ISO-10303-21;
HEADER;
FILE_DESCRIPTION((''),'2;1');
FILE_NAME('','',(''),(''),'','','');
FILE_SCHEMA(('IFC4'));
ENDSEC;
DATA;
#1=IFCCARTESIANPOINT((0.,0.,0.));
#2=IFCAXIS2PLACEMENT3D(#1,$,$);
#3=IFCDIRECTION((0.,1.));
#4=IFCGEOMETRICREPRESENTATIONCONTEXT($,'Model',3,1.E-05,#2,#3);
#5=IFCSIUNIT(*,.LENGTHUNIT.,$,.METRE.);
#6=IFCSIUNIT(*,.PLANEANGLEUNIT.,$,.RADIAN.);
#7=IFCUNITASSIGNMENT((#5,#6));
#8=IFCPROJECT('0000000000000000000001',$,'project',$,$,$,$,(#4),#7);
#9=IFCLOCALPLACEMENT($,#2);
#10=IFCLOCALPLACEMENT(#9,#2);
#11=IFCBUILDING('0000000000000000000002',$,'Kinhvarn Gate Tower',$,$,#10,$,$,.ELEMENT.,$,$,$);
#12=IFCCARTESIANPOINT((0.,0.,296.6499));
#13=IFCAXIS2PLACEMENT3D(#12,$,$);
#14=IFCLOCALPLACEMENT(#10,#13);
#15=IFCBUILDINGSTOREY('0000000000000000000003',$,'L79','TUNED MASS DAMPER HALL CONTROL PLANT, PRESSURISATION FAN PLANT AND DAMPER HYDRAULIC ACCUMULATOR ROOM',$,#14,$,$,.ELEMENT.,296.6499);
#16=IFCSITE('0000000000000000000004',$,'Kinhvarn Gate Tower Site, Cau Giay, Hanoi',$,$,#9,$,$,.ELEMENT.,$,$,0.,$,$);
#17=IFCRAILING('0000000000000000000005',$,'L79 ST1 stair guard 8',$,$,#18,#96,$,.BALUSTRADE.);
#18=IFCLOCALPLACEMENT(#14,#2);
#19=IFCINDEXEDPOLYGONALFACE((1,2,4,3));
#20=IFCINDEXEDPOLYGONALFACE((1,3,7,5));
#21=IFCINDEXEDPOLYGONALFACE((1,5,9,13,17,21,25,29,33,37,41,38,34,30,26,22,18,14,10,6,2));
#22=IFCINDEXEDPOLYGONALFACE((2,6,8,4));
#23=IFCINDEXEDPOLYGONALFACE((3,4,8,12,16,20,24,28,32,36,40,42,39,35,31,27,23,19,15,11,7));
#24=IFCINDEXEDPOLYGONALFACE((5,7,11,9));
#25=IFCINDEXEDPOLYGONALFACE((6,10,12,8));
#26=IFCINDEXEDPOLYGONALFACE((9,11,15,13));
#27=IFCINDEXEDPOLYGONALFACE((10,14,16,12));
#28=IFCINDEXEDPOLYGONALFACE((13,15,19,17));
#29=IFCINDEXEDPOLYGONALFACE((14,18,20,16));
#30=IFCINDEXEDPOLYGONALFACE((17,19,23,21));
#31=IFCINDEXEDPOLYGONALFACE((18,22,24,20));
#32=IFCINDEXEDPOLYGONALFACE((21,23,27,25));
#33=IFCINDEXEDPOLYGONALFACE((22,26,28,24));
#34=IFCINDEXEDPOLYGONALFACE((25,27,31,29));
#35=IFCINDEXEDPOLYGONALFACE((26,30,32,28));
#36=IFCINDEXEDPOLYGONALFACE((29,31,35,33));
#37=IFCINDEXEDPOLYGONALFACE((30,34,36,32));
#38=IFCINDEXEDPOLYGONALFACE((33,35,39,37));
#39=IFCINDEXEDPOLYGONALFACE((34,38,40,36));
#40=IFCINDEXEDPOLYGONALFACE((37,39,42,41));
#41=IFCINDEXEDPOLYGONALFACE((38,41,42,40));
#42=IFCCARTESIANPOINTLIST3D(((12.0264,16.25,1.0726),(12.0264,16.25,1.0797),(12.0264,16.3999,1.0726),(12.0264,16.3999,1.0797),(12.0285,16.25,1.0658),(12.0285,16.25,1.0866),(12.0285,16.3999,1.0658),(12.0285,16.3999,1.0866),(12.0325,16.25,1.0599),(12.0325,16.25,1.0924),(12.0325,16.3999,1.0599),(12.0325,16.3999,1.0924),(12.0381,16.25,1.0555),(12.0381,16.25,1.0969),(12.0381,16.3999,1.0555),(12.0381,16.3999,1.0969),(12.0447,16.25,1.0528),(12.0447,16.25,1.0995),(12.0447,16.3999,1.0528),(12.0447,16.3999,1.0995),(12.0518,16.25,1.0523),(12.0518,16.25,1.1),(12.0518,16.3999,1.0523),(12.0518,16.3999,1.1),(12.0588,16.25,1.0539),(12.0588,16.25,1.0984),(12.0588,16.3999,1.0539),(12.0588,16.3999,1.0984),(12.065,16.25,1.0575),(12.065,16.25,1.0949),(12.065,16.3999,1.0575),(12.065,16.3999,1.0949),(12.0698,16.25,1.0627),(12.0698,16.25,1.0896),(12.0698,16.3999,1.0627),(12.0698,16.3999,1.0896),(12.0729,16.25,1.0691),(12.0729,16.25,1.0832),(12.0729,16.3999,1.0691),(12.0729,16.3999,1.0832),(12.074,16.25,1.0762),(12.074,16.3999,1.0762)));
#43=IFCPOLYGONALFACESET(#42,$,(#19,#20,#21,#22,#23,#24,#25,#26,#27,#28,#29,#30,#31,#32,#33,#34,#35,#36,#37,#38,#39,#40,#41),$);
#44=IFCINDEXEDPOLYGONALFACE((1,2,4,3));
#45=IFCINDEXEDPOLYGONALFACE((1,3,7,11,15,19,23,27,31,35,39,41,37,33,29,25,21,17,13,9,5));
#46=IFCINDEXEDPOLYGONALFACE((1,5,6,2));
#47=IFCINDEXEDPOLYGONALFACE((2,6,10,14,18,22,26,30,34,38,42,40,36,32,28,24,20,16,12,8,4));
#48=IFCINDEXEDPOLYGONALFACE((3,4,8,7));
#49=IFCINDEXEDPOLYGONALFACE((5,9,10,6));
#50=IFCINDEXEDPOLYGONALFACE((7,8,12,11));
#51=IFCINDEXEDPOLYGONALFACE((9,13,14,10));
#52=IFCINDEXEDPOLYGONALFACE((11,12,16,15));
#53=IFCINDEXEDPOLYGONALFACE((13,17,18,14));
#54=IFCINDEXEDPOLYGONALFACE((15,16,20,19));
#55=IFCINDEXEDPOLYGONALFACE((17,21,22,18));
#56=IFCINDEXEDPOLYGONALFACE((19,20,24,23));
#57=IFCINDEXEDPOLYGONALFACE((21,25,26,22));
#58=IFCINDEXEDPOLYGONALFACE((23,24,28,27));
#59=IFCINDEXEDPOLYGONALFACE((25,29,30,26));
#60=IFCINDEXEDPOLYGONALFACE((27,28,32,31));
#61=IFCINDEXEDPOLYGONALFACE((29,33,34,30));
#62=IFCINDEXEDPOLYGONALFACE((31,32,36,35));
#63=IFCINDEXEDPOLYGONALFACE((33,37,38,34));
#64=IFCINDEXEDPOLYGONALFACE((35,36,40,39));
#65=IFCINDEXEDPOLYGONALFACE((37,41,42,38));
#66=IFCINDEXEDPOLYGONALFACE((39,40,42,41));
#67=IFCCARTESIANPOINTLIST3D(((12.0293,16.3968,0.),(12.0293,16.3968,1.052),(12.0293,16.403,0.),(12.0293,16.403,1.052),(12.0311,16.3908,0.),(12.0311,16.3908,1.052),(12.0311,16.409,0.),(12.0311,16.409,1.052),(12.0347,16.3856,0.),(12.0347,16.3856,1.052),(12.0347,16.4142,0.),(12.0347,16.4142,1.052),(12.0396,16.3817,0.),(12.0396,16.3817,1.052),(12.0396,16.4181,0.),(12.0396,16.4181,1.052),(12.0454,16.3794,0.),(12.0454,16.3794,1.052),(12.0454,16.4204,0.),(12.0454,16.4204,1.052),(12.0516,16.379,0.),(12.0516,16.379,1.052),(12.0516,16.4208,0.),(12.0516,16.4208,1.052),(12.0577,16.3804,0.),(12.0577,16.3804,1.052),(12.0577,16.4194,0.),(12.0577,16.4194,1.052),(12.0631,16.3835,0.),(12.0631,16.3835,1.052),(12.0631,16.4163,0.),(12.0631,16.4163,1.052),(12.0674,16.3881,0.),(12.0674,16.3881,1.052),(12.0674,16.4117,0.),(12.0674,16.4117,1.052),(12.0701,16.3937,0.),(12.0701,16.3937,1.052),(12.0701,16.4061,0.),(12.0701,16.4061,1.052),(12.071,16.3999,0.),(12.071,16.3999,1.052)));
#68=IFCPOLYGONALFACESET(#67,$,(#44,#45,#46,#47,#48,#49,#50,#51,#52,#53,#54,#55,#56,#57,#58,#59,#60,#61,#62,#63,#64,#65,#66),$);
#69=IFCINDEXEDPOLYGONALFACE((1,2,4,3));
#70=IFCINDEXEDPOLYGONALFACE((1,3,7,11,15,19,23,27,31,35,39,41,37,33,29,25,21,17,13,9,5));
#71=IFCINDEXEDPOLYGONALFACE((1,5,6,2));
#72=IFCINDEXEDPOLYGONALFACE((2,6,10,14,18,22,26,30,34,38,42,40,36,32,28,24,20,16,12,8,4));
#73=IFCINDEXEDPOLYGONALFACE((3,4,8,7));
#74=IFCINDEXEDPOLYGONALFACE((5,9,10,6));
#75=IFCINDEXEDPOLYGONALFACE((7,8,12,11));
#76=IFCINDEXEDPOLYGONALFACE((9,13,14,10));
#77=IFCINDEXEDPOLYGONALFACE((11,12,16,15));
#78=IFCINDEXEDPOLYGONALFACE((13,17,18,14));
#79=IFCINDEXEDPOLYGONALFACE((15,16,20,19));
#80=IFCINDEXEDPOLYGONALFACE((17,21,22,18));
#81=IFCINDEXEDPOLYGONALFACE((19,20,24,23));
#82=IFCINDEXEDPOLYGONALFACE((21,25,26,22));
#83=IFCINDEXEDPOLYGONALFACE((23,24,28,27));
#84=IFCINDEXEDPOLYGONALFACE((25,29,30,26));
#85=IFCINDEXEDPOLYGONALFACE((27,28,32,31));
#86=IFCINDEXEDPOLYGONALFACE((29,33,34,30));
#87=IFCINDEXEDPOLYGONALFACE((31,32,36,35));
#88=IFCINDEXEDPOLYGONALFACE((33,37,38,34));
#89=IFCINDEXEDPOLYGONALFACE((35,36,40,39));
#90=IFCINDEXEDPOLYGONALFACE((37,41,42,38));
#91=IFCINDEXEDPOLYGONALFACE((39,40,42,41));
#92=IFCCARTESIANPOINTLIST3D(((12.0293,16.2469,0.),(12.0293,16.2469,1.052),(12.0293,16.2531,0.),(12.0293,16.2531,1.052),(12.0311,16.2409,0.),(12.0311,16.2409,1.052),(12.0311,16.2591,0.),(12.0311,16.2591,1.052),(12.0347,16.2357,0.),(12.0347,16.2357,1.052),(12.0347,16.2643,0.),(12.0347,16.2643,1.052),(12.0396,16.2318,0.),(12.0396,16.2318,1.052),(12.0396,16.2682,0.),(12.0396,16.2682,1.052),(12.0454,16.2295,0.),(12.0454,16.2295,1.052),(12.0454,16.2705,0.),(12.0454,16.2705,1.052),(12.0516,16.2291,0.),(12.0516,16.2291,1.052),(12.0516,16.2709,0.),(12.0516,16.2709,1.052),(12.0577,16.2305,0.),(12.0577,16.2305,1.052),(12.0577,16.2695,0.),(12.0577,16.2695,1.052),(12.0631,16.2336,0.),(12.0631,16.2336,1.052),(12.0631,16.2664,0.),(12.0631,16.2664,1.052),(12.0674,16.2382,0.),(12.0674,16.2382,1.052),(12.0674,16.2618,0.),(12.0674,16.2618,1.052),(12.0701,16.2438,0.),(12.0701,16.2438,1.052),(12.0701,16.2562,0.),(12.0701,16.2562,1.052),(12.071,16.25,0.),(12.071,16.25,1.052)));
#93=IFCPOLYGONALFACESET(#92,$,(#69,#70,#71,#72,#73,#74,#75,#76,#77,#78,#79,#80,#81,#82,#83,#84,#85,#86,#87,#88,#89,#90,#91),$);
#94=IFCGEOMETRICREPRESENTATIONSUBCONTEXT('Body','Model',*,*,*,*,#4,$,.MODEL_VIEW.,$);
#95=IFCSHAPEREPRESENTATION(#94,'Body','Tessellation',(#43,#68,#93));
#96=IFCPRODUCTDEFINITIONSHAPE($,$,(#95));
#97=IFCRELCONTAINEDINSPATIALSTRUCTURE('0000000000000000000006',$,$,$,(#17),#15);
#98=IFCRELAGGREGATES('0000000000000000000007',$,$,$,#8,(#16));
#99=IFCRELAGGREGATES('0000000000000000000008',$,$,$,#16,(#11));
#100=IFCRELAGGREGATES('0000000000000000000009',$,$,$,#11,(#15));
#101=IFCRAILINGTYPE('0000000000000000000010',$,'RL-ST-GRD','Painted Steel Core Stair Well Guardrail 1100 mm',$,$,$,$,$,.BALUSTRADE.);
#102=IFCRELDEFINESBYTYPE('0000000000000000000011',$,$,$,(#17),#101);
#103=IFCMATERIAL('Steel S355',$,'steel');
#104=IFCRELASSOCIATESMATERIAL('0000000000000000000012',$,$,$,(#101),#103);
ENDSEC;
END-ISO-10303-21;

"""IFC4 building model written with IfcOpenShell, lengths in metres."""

from ifc_helpers import new_model, si_unit, direction, frame, origin, origin_2d, place, context, subcontext, project, spatial, circle, extrude, material, type_object, element, save


model = new_model("IFC4")

# Units and contexts
model_context = context("Model", 3, precision=1e-05, world=origin(), true_north=direction((0.0, 1.0)))
body_context = subcontext(model_context, "Body", "Model", "MODEL_VIEW")
ifc_project = project(units=[si_unit("LENGTHUNIT", "METRE"), si_unit("PLANEANGLEUNIT", "RADIAN")], contexts=[model_context])

# Site, building, storey
site_placement = place(None, origin())
site = spatial("IfcSite", under=ifc_project, at=site_placement, Name="Kinhvarn Gate Tower Site, Cau Giay, Hanoi", CompositionType="ELEMENT", RefElevation=0.0)
building_placement = place(site_placement, origin())
building = spatial("IfcBuilding", under=site, at=building_placement, Name="Kinhvarn Gate Tower", CompositionType="ELEMENT")
storey_placement = place(building_placement, frame((0.0, 0.0, 296.6499)))
storey = spatial("IfcBuildingStorey", under=building, at=storey_placement, Name="L79", Description="TUNED MASS DAMPER HALL CONTROL PLANT, PRESSURISATION FAN PLANT AND DAMPER HYDRAULIC ACCUMULATOR ROOM", CompositionType="ELEMENT", Elevation=296.6499)

# Shared definitions
ifc_material_1 = material(Name="Steel S355", Category="steel")

# Railing
railing_type_1 = type_object("IfcRailingType", Name="RL-ST-GRD", Description="Painted Steel Core Stair Well Guardrail 1100 mm", PredefinedType="BALUSTRADE", material=ifc_material_1)
railing_1_placement = place(storey_placement, frame((12.05, 16.3999, 0.0)))
element("IfcRailing", 1, at=railing_1_placement, inside=storey, type_object=railing_type_1, Name="L79 ST1 stair guard 8", PredefinedType="BALUSTRADE", context=body_context, shape_type="SweptSolid", body=[
    extrude(circle(Radius=0.0239, at=origin_2d()), frame((0.0, 0.0, 1.0762), z_axis=(0.0, -1.0, 0.0), x_axis=(1.0, 0.0, 0.0)), (0.0, 0.0, 1.0), 0.1499),
    extrude(circle(Radius=0.021, at=origin_2d()), origin(), (0.0, 0.0, 1.0), 1.052),
    extrude(circle(Radius=0.021, at=origin_2d()), frame((0.0, -0.1499, 0.0)), (0.0, 0.0, 1.0), 1.052),
])

save(model, "model.ifc")
